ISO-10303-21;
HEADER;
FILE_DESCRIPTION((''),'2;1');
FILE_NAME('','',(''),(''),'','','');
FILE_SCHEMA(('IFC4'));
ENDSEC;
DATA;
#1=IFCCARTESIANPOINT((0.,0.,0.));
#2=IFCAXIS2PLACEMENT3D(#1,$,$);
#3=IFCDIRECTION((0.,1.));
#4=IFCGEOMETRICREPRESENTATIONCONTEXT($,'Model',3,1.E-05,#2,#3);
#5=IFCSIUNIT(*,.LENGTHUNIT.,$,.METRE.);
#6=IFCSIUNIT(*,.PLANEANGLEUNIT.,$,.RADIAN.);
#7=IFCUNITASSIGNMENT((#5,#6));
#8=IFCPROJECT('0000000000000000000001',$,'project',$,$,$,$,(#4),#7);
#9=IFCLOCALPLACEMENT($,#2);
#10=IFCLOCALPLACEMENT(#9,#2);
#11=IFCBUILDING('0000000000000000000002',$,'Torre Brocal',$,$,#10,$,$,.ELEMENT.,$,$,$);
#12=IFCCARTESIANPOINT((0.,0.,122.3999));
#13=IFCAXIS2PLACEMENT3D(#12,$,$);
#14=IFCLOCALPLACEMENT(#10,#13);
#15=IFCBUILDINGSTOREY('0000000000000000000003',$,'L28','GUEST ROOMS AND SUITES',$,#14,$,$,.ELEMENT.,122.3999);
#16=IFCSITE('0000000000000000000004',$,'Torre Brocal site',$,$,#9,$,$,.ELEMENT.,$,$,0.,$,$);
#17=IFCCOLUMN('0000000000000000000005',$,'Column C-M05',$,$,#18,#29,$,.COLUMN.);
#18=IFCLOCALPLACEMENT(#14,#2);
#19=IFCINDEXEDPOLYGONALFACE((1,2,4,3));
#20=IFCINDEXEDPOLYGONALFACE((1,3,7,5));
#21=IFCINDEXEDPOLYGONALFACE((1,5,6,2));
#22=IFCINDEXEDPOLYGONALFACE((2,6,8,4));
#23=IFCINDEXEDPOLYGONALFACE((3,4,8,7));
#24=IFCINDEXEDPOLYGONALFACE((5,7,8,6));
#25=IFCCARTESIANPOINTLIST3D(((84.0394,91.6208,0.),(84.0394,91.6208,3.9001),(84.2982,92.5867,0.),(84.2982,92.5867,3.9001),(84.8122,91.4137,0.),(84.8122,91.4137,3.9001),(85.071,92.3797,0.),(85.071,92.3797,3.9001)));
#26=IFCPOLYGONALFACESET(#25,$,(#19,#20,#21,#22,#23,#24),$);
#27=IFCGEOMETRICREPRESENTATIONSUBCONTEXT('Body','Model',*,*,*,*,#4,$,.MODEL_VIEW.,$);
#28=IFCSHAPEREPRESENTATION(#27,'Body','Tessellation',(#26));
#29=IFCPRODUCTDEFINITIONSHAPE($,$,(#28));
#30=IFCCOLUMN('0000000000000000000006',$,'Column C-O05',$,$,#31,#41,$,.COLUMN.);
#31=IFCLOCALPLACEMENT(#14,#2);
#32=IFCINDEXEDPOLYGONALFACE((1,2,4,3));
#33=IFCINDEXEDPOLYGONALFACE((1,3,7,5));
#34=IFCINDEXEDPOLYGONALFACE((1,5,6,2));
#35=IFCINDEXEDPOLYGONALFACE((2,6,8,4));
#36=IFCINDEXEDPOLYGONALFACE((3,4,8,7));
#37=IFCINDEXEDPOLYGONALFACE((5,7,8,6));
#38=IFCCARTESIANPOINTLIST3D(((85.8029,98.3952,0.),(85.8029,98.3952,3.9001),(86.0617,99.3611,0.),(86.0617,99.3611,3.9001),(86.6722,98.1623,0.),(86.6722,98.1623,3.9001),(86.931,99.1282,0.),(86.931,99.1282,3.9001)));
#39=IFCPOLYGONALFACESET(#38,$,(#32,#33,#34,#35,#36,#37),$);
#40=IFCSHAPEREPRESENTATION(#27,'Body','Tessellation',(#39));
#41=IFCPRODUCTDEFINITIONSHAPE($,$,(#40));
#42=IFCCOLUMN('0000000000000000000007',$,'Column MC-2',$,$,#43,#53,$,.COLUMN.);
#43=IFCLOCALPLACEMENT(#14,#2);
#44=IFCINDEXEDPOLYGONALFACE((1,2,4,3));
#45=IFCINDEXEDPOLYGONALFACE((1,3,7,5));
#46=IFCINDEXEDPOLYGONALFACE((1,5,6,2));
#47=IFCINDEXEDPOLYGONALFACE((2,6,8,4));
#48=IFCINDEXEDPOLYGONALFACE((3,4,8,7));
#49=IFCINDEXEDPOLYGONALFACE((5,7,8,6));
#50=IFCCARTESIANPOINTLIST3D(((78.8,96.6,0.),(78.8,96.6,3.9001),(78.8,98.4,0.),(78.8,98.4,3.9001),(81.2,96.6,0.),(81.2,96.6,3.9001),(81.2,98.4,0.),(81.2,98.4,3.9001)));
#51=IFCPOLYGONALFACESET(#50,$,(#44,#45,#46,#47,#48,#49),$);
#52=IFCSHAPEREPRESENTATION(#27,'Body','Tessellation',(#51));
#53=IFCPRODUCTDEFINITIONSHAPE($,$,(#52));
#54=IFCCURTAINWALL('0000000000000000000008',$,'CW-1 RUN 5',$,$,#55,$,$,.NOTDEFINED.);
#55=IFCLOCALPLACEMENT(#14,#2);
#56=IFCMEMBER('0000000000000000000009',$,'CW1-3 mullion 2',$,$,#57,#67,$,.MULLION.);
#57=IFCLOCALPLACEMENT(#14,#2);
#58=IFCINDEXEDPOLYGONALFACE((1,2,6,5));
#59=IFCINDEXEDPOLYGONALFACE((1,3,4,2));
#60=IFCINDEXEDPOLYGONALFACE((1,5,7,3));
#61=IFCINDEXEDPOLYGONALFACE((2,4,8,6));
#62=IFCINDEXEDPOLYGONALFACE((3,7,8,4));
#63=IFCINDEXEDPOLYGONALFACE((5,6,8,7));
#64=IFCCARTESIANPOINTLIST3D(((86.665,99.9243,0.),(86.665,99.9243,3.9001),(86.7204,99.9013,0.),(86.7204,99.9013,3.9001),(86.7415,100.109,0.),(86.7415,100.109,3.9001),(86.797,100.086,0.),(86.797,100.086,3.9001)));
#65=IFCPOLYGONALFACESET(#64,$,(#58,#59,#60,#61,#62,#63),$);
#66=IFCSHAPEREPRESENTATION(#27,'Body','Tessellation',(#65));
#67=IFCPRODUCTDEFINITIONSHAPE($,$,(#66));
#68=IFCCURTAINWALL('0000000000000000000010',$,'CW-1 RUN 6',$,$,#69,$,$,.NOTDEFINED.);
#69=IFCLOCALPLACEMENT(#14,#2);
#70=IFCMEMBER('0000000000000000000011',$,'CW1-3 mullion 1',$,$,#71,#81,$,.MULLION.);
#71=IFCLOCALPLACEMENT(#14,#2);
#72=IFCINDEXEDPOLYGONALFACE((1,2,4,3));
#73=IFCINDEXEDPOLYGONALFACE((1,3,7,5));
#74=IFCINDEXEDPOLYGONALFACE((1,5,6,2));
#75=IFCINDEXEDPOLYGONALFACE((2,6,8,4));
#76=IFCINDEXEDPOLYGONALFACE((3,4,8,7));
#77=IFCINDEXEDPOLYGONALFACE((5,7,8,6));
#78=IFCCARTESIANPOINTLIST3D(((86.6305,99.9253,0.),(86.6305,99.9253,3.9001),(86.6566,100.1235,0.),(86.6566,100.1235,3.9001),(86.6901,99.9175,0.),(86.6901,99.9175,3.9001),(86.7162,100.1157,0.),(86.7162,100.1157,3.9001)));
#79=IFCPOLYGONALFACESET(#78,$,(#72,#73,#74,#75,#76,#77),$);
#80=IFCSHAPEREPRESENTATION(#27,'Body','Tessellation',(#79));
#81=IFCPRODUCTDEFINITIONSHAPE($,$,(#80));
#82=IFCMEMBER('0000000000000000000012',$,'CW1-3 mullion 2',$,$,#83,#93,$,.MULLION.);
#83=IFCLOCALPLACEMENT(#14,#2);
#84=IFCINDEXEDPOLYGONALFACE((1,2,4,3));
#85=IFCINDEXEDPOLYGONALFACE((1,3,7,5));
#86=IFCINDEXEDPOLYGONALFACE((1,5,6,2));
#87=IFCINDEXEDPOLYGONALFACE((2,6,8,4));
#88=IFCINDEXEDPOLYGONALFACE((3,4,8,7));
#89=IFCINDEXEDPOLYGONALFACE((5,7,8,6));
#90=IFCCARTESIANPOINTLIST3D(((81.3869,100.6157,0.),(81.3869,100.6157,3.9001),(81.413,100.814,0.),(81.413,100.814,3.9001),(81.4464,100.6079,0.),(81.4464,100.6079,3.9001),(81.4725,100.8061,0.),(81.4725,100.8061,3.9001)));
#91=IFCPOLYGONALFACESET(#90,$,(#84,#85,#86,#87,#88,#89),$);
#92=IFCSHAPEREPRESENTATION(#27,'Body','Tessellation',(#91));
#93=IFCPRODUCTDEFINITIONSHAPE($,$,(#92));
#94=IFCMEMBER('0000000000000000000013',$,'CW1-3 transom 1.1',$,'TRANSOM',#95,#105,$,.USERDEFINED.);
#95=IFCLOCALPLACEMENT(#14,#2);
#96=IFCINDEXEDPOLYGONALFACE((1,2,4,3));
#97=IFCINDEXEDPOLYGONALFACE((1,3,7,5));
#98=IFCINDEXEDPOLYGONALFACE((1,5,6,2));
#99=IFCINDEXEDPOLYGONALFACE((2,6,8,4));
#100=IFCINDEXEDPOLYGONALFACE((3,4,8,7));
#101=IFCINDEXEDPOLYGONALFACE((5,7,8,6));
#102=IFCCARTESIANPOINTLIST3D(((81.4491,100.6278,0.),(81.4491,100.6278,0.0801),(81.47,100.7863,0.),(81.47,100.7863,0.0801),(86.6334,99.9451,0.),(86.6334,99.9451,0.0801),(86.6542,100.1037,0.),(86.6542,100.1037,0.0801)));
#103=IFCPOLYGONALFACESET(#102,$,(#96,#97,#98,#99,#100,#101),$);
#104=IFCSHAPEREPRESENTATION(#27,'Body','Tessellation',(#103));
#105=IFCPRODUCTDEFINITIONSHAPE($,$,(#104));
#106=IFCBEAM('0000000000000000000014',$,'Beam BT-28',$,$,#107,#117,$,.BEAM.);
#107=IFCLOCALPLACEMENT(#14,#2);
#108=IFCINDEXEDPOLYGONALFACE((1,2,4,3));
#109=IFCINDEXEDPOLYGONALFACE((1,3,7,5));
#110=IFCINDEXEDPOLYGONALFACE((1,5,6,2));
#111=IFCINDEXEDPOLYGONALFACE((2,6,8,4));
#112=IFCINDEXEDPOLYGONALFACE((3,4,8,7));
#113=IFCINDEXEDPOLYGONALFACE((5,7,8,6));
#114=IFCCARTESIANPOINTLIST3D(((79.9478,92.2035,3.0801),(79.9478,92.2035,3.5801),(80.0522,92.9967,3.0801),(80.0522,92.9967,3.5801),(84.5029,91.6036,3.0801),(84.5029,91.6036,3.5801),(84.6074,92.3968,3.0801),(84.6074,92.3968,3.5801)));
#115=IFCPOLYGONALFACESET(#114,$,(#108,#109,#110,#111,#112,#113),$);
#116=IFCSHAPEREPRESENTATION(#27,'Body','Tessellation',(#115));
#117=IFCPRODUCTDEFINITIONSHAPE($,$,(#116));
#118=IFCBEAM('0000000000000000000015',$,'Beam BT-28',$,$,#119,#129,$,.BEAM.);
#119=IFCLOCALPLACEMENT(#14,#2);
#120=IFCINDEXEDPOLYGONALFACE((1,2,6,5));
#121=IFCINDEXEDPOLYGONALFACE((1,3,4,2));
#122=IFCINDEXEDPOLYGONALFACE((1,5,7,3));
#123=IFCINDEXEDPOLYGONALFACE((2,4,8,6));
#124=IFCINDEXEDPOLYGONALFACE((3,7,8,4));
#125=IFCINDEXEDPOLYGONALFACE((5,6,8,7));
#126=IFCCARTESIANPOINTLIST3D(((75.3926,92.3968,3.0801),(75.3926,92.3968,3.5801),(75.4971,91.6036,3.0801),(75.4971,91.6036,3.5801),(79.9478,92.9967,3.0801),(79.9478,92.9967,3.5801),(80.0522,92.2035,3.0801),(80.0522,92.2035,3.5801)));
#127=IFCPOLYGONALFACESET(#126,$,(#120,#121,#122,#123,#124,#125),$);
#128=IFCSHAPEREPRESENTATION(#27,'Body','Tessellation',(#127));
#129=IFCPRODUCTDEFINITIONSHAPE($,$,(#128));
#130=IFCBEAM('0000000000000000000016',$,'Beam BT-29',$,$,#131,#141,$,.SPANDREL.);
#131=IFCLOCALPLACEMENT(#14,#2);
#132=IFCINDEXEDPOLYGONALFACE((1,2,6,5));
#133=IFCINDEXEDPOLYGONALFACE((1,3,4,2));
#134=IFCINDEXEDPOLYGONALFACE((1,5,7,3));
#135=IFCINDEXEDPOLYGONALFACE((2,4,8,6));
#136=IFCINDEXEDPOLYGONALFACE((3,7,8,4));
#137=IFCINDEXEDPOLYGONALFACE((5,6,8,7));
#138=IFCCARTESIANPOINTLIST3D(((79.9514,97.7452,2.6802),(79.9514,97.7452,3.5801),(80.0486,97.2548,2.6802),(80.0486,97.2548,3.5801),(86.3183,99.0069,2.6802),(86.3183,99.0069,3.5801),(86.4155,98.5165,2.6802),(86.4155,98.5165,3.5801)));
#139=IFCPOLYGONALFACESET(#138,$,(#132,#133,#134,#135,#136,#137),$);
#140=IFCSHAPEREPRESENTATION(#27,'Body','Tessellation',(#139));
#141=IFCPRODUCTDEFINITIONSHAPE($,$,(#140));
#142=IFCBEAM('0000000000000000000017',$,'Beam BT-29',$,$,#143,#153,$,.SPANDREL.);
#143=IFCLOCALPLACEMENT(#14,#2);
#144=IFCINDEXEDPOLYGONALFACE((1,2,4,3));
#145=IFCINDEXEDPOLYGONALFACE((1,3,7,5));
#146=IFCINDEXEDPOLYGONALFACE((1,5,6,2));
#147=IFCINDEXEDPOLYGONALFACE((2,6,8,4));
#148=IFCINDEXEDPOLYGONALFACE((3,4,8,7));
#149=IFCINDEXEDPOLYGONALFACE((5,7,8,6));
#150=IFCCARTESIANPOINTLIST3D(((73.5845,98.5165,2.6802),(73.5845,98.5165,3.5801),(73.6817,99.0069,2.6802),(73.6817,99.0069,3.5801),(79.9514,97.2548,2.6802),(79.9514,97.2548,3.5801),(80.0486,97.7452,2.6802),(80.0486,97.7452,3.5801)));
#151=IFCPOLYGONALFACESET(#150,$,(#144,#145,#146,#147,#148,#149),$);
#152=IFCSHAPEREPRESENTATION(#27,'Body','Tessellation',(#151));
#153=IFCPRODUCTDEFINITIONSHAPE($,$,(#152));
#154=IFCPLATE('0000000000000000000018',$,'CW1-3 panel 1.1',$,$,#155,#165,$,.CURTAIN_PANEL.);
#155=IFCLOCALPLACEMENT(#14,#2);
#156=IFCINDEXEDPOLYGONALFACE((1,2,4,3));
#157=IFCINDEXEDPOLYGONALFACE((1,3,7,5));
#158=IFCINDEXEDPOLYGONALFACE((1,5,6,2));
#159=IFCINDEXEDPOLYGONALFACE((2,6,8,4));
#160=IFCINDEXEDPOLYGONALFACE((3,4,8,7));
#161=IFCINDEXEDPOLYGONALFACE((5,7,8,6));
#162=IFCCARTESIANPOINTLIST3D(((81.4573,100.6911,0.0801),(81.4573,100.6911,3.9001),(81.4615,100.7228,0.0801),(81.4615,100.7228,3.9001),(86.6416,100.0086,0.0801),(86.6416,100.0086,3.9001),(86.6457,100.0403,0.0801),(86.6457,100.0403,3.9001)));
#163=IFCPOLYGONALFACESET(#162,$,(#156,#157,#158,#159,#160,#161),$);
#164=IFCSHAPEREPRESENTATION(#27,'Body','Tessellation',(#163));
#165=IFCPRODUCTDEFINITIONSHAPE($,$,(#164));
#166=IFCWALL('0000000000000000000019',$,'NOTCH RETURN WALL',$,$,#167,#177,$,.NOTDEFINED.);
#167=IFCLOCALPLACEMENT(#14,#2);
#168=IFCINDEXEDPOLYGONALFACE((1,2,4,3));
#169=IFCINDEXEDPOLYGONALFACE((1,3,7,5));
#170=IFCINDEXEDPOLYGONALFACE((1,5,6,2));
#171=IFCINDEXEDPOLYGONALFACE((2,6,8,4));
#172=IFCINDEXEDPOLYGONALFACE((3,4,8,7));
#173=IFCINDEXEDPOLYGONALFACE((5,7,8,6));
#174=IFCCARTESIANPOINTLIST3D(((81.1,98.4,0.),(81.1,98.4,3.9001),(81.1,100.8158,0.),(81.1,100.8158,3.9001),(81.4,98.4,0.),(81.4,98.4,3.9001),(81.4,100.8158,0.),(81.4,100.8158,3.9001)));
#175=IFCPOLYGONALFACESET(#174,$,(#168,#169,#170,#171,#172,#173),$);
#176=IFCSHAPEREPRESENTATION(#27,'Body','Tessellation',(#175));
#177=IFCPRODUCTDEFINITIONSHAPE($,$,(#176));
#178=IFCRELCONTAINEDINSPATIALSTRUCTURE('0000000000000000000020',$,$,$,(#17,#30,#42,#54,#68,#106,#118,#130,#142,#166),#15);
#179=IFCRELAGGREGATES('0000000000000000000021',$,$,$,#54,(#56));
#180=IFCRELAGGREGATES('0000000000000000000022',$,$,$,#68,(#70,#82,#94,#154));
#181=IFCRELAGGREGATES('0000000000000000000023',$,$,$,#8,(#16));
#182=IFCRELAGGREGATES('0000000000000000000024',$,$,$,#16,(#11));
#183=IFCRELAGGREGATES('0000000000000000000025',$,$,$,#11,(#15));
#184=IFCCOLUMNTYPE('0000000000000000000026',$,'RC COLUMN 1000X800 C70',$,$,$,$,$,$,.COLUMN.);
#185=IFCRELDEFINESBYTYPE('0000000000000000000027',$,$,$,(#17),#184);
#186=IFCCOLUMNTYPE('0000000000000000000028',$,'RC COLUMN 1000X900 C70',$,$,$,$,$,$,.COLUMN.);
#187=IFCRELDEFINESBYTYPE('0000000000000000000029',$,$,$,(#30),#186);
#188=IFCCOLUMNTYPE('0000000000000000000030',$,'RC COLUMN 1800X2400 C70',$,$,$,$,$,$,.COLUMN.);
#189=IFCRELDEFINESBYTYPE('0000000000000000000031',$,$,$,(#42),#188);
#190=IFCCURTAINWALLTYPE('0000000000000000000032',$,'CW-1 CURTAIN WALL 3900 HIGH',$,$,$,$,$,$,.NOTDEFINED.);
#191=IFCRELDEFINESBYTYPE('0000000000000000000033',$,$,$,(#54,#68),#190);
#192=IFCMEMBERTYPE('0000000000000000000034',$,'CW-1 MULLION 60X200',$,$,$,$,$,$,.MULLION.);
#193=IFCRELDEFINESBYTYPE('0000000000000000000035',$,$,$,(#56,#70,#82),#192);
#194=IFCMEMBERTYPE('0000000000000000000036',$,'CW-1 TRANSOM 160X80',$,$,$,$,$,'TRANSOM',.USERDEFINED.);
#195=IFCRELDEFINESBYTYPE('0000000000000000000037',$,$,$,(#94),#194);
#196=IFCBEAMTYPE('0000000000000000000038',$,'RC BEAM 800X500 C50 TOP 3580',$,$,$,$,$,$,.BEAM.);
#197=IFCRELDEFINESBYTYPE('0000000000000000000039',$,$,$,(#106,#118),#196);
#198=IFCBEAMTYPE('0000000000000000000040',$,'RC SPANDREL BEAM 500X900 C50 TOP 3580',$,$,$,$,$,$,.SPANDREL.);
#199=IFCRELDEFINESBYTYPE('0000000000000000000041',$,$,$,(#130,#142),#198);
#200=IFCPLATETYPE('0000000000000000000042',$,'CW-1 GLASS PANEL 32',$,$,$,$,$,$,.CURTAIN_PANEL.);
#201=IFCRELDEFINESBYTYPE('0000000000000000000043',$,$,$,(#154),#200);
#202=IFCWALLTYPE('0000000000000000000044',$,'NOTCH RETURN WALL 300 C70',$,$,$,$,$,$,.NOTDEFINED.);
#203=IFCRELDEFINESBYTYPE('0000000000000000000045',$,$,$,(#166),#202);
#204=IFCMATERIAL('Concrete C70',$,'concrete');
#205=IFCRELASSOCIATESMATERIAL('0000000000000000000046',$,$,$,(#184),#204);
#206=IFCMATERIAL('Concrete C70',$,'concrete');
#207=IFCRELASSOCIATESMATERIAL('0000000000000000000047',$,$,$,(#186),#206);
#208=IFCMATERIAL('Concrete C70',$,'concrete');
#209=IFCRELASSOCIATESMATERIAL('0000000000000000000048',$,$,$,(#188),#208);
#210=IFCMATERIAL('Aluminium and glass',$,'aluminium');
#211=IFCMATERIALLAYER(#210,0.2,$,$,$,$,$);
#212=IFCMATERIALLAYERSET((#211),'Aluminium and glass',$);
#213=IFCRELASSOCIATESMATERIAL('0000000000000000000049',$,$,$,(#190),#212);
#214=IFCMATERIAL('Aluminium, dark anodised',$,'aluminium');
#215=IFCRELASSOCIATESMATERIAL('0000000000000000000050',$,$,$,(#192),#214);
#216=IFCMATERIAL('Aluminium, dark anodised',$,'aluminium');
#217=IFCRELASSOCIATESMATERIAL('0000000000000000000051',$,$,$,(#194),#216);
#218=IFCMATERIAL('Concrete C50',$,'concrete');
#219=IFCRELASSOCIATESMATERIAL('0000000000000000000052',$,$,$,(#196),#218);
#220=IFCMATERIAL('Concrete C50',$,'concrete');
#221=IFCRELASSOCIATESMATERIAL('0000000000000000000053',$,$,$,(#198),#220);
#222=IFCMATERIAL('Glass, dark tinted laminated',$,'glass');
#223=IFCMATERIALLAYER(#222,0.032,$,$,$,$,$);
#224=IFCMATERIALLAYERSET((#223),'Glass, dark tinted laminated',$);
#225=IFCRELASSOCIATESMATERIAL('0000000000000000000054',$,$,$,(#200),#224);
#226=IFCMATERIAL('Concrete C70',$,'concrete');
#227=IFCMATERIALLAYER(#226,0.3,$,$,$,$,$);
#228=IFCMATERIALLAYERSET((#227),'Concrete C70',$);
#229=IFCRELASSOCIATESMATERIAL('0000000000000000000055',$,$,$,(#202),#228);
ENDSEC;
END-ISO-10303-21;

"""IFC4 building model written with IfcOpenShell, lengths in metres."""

from ifc_helpers import new_model, si_unit, direction, frame, frame_2d, origin, origin_2d, place, context, subcontext, project, spatial, rectangle, extrude, material, layer, layer_set, material_profile, profile_set, type_object, element, aggregate, save


model = new_model("IFC4")

# Units and contexts
model_context = context("Model", 3, precision=1e-05, world=origin(), true_north=direction((0.0, 1.0)))
body_context = subcontext(model_context, "Body", "Model", "MODEL_VIEW")
ifc_project = project(units=[si_unit("LENGTHUNIT", "METRE"), si_unit("PLANEANGLEUNIT", "RADIAN")], contexts=[model_context])

# Site, building, storey
site_placement = place(None, origin())
site = spatial("IfcSite", under=ifc_project, at=site_placement, Name="Torre Brocal site", CompositionType="ELEMENT", RefElevation=0.0)
building_placement = place(site_placement, origin())
building = spatial("IfcBuilding", under=site, at=building_placement, Name="Torre Brocal", CompositionType="ELEMENT")
storey_placement = place(building_placement, frame((0.0, 0.0, 122.3999)))
storey = spatial("IfcBuildingStorey", under=building, at=storey_placement, Name="L28", Description="GUEST ROOMS AND SUITES", CompositionType="ELEMENT", Elevation=122.3999)

# Columns
ifc_material_1 = material(Name="Concrete C70", Category="concrete")
ifc_material_profile_1 = material_profile(ifc_material_1, rectangle(XDim=1.0, YDim=0.8, at=origin_2d()), Name="RC 1000X800")
ifc_profile_set_1 = profile_set([ifc_material_profile_1], Name="Concrete C70")
column_type_1 = type_object("IfcColumnType", Name="RC COLUMN 1000X800 C70", PredefinedType="COLUMN", material=ifc_profile_set_1)
column_1_placement = place(storey_placement, frame((84.5552, 92.0002, 0.0), z_axis=(0.0, 0.0, 1.0), x_axis=(0.258819, 0.965926, 0.0)))
element("IfcColumn", 1, at=column_1_placement, inside=storey, type_object=column_type_1, Name="Column C-M05", PredefinedType="COLUMN", context=body_context, shape_type="SweptSolid", body=[
    extrude(rectangle(XDim=1.0, YDim=0.8, at=origin_2d()), origin(), (0.0, 0.0, 1.0), 3.9001),
])
ifc_material_2 = material(Name="Concrete C70", Category="concrete")
ifc_material_profile_2 = material_profile(ifc_material_2, rectangle(XDim=1.0, YDim=0.8999, at=origin_2d()), Name="RC 1000X900")
ifc_profile_set_2 = profile_set([ifc_material_profile_2], Name="Concrete C70")
column_type_2 = type_object("IfcColumnType", Name="RC COLUMN 1000X900 C70", PredefinedType="COLUMN", material=ifc_profile_set_2)
column_2_placement = place(storey_placement, frame((86.3669, 98.7617, 0.0), z_axis=(0.0, 0.0, 1.0), x_axis=(0.258819, 0.965926, 0.0)))
element("IfcColumn", 2, at=column_2_placement, inside=storey, type_object=column_type_2, Name="Column C-O05", PredefinedType="COLUMN", context=body_context, shape_type="SweptSolid", body=[
    extrude(rectangle(XDim=1.0, YDim=0.8999, at=origin_2d()), origin(), (0.0, 0.0, 1.0), 3.9001),
])
ifc_material_3 = material(Name="Concrete C70", Category="concrete")
ifc_material_profile_3 = material_profile(ifc_material_3, rectangle(XDim=1.8, YDim=2.3999, at=origin_2d()), Name="RC 1800X2400")
ifc_profile_set_3 = profile_set([ifc_material_profile_3], Name="Concrete C70")
column_type_3 = type_object("IfcColumnType", Name="RC COLUMN 1800X2400 C70", PredefinedType="COLUMN", material=ifc_profile_set_3)
column_3_placement = place(storey_placement, frame((80.0, 97.5, 0.0), z_axis=(0.0, 0.0, 1.0), x_axis=(0.0, 1.0, 0.0)))
element("IfcColumn", 3, at=column_3_placement, inside=storey, type_object=column_type_3, Name="Column MC-2", PredefinedType="COLUMN", context=body_context, shape_type="SweptSolid", body=[
    extrude(rectangle(XDim=1.8, YDim=2.3999, at=origin_2d()), origin(), (0.0, 0.0, 1.0), 3.9001),
])

# Curtain wall, member
ifc_material_4 = material(Name="Aluminium and glass", Category="aluminium")
ifc_layer_1 = layer(ifc_material_4, 0.2)
ifc_layer_set_1 = layer_set([ifc_layer_1], Name="Aluminium and glass")
curtain_wall_type = type_object("IfcCurtainWallType", Name="CW-1 CURTAIN WALL 3900 HIGH", PredefinedType="NOTDEFINED", material=ifc_layer_set_1)
curtain_wall_1_placement = place(storey_placement, origin())
curtain_wall_1 = element("IfcCurtainWall", 4, at=curtain_wall_1_placement, inside=storey, type_object=curtain_wall_type, Name="CW-1 RUN 5", PredefinedType="NOTDEFINED")
ifc_material_5 = material(Name="Aluminium, dark anodised", Category="aluminium")
ifc_material_profile_4 = material_profile(ifc_material_5, rectangle(XDim=0.2, YDim=0.0601, at=origin_2d()), Name="CW-1 MULLION 60X200")
ifc_profile_set_4 = profile_set([ifc_material_profile_4], Name="Aluminium, dark anodised")
member_type_1 = type_object("IfcMemberType", Name="CW-1 MULLION 60X200", PredefinedType="MULLION", material=ifc_profile_set_4)
member_1_placement = place(storey_placement, frame((86.731, 100.0051, 0.0), z_axis=(0.0, 0.0, 1.0), x_axis=(-0.382683, -0.92388, 0.0)))
member_1 = element("IfcMember", 5, at=member_1_placement, type_object=member_type_1, Name="CW1-3 mullion 2", PredefinedType="MULLION", context=body_context, shape_type="SweptSolid", body=[
    extrude(rectangle(XDim=0.2, YDim=0.0601, at=origin_2d()), origin(), (0.0, 0.0, 1.0), 3.9001),
])
aggregate(curtain_wall_1, [member_1])

# Curtain wall, members
curtain_wall_2_placement = place(storey_placement, origin())
curtain_wall_2 = element("IfcCurtainWall", 6, at=curtain_wall_2_placement, inside=storey, type_object=curtain_wall_type, Name="CW-1 RUN 6", PredefinedType="NOTDEFINED")
member_2_placement = place(storey_placement, frame((86.6733, 100.0205, 0.0), z_axis=(0.0, 0.0, 1.0), x_axis=(-0.130526, -0.991445, 0.0)))
member_2 = element("IfcMember", 7, at=member_2_placement, type_object=member_type_1, Name="CW1-3 mullion 1", PredefinedType="MULLION", context=body_context, shape_type="SweptSolid", body=[
    extrude(rectangle(XDim=0.2, YDim=0.0601, at=origin_2d()), origin(), (0.0, 0.0, 1.0), 3.9001),
])
member_3_placement = place(storey_placement, frame((81.4297, 100.7109, 0.0), z_axis=(0.0, 0.0, 1.0), x_axis=(-0.130526, -0.991445, 0.0)))
member_3 = element("IfcMember", 8, at=member_3_placement, type_object=member_type_1, Name="CW1-3 mullion 2", PredefinedType="MULLION", context=body_context, shape_type="SweptSolid", body=[
    extrude(rectangle(XDim=0.2, YDim=0.0601, at=origin_2d()), origin(), (0.0, 0.0, 1.0), 3.9001),
])
ifc_material_6 = material(Name="Aluminium, dark anodised", Category="aluminium")
ifc_material_profile_5 = material_profile(ifc_material_6, rectangle(XDim=0.1599, YDim=0.0801, at=origin_2d()), Name="CW-1 TRANSOM 160X80")
ifc_profile_set_5 = profile_set([ifc_material_profile_5], Name="Aluminium, dark anodised")
member_type_2 = type_object("IfcMemberType", Name="CW-1 TRANSOM 160X80", ElementType="TRANSOM", PredefinedType="USERDEFINED", material=ifc_profile_set_5)
member_4_placement = place(storey_placement, frame((86.6438, 100.0244, 0.04), z_axis=(-0.991443, 0.130543, 0.0), x_axis=(-0.130543, -0.991443, 0.0)))
member_4 = element("IfcMember", 9, at=member_4_placement, type_object=member_type_2, Name="CW1-3 transom 1.1", ObjectType="TRANSOM", PredefinedType="USERDEFINED", context=body_context, shape_type="SweptSolid", body=[
    extrude(rectangle(XDim=0.1599, YDim=0.0801, at=origin_2d()), origin(), (0.0, 0.0, 1.0), 5.229),
])

# Beams
ifc_material_7 = material(Name="Concrete C50", Category="concrete")
ifc_material_profile_6 = material_profile(ifc_material_7, rectangle(XDim=0.8, YDim=0.5, at=origin_2d()), Name="RC 800X500")
ifc_profile_set_6 = profile_set([ifc_material_profile_6], Name="Concrete C50")
beam_type_1 = type_object("IfcBeamType", Name="RC BEAM 800X500 C50 TOP 3580", PredefinedType="BEAM", material=ifc_profile_set_6)
for number, where, z_axis, x_axis, name in (
    (10, (84.5552, 92.0002, 3.3301), (-0.991441, 0.130559, 0.0), (-0.130559, -0.991441, 0.0), "Beam BT-28"),
    (11, (80.0, 92.6001, 3.3301), (-0.991441, -0.130559, 0.0), (0.130559, -0.991441, 0.0), "Beam BT-28"),
):
    element("IfcBeam", number, at=place(storey_placement, frame(where, z_axis=z_axis, x_axis=x_axis)), inside=storey, type_object=beam_type_1, Name=name, PredefinedType="BEAM", context=body_context, shape_type="SweptSolid", body=[
        extrude(rectangle(XDim=0.8, YDim=0.5, at=origin_2d()), origin(), (0.0, 0.0, 1.0), 4.5945),
    ])
ifc_material_8 = material(Name="Concrete C50", Category="concrete")
ifc_material_profile_7 = material_profile(ifc_material_8, rectangle(XDim=0.5, YDim=0.8999, at=origin_2d()), Name="RC 500X900")
ifc_profile_set_7 = profile_set([ifc_material_profile_7], Name="Concrete C50")
beam_type_2 = type_object("IfcBeamType", Name="RC SPANDREL BEAM 500X900 C50 TOP 3580", PredefinedType="SPANDREL", material=ifc_profile_set_7)
for number, where, z_axis, x_axis, name in (
    (12, (86.3669, 98.7617, 3.1301), (-0.980925, -0.194387, 0.0), (0.194387, -0.980925, 0.0), "Beam BT-29"),
    (13, (80.0, 97.5, 3.1301), (-0.980925, 0.194387, 0.0), (-0.194387, -0.980925, 0.0), "Beam BT-29"),
):
    element("IfcBeam", number, at=place(storey_placement, frame(where, z_axis=z_axis, x_axis=x_axis)), inside=storey, type_object=beam_type_2, Name=name, PredefinedType="SPANDREL", context=body_context, shape_type="SweptSolid", body=[
        extrude(rectangle(XDim=0.5, YDim=0.8999, at=origin_2d()), origin(), (0.0, 0.0, 1.0), 6.4907),
    ])

# Plate
ifc_material_9 = material(Name="Glass, dark tinted laminated", Category="glass")
ifc_layer_2 = layer(ifc_material_9, 0.032)
ifc_layer_set_2 = layer_set([ifc_layer_2], Name="Glass, dark tinted laminated")
plate_type = type_object("IfcPlateType", Name="CW-1 GLASS PANEL 32", PredefinedType="CURTAIN_PANEL", material=ifc_layer_set_2)
plate_placement = place(storey_placement, frame((84.0515, 100.3657, 0.0801), z_axis=(0.0, 0.0, 1.0), x_axis=(-0.991445, 0.130526, 0.0)))
plate = element("IfcPlate", 14, at=plate_placement, type_object=plate_type, Name="CW1-3 panel 1.1", PredefinedType="CURTAIN_PANEL", context=body_context, shape_type="SweptSolid", body=[
    extrude(rectangle(XDim=5.229, YDim=0.032, at=origin_2d()), origin(), (0.0, 0.0, 1.0), 3.8201),
])
aggregate(curtain_wall_2, [member_2, member_3, member_4, plate])

# Wall
ifc_material_10 = material(Name="Concrete C70", Category="concrete")
ifc_layer_3 = layer(ifc_material_10, 0.3)
ifc_layer_set_3 = layer_set([ifc_layer_3], Name="Concrete C70")
wall_type_1 = type_object("IfcWallType", Name="NOTCH RETURN WALL 300 C70", PredefinedType="NOTDEFINED", material=ifc_layer_set_3)
wall_1_placement = place(storey_placement, frame((81.25, 98.3999, 0.0), z_axis=(0.0, 0.0, 1.0), x_axis=(0.0, 1.0, 0.0)))
element("IfcWall", 15, at=wall_1_placement, inside=storey, type_object=wall_type_1, Name="NOTCH RETURN WALL", PredefinedType="NOTDEFINED", context=body_context, shape_type="SweptSolid", body=[
    extrude(rectangle(XDim=2.4158, YDim=0.3, at=frame_2d((1.208, 0.0))), origin(), (0.0, 0.0, 1.0), 3.9001),
])

save(model, "model.ifc")
